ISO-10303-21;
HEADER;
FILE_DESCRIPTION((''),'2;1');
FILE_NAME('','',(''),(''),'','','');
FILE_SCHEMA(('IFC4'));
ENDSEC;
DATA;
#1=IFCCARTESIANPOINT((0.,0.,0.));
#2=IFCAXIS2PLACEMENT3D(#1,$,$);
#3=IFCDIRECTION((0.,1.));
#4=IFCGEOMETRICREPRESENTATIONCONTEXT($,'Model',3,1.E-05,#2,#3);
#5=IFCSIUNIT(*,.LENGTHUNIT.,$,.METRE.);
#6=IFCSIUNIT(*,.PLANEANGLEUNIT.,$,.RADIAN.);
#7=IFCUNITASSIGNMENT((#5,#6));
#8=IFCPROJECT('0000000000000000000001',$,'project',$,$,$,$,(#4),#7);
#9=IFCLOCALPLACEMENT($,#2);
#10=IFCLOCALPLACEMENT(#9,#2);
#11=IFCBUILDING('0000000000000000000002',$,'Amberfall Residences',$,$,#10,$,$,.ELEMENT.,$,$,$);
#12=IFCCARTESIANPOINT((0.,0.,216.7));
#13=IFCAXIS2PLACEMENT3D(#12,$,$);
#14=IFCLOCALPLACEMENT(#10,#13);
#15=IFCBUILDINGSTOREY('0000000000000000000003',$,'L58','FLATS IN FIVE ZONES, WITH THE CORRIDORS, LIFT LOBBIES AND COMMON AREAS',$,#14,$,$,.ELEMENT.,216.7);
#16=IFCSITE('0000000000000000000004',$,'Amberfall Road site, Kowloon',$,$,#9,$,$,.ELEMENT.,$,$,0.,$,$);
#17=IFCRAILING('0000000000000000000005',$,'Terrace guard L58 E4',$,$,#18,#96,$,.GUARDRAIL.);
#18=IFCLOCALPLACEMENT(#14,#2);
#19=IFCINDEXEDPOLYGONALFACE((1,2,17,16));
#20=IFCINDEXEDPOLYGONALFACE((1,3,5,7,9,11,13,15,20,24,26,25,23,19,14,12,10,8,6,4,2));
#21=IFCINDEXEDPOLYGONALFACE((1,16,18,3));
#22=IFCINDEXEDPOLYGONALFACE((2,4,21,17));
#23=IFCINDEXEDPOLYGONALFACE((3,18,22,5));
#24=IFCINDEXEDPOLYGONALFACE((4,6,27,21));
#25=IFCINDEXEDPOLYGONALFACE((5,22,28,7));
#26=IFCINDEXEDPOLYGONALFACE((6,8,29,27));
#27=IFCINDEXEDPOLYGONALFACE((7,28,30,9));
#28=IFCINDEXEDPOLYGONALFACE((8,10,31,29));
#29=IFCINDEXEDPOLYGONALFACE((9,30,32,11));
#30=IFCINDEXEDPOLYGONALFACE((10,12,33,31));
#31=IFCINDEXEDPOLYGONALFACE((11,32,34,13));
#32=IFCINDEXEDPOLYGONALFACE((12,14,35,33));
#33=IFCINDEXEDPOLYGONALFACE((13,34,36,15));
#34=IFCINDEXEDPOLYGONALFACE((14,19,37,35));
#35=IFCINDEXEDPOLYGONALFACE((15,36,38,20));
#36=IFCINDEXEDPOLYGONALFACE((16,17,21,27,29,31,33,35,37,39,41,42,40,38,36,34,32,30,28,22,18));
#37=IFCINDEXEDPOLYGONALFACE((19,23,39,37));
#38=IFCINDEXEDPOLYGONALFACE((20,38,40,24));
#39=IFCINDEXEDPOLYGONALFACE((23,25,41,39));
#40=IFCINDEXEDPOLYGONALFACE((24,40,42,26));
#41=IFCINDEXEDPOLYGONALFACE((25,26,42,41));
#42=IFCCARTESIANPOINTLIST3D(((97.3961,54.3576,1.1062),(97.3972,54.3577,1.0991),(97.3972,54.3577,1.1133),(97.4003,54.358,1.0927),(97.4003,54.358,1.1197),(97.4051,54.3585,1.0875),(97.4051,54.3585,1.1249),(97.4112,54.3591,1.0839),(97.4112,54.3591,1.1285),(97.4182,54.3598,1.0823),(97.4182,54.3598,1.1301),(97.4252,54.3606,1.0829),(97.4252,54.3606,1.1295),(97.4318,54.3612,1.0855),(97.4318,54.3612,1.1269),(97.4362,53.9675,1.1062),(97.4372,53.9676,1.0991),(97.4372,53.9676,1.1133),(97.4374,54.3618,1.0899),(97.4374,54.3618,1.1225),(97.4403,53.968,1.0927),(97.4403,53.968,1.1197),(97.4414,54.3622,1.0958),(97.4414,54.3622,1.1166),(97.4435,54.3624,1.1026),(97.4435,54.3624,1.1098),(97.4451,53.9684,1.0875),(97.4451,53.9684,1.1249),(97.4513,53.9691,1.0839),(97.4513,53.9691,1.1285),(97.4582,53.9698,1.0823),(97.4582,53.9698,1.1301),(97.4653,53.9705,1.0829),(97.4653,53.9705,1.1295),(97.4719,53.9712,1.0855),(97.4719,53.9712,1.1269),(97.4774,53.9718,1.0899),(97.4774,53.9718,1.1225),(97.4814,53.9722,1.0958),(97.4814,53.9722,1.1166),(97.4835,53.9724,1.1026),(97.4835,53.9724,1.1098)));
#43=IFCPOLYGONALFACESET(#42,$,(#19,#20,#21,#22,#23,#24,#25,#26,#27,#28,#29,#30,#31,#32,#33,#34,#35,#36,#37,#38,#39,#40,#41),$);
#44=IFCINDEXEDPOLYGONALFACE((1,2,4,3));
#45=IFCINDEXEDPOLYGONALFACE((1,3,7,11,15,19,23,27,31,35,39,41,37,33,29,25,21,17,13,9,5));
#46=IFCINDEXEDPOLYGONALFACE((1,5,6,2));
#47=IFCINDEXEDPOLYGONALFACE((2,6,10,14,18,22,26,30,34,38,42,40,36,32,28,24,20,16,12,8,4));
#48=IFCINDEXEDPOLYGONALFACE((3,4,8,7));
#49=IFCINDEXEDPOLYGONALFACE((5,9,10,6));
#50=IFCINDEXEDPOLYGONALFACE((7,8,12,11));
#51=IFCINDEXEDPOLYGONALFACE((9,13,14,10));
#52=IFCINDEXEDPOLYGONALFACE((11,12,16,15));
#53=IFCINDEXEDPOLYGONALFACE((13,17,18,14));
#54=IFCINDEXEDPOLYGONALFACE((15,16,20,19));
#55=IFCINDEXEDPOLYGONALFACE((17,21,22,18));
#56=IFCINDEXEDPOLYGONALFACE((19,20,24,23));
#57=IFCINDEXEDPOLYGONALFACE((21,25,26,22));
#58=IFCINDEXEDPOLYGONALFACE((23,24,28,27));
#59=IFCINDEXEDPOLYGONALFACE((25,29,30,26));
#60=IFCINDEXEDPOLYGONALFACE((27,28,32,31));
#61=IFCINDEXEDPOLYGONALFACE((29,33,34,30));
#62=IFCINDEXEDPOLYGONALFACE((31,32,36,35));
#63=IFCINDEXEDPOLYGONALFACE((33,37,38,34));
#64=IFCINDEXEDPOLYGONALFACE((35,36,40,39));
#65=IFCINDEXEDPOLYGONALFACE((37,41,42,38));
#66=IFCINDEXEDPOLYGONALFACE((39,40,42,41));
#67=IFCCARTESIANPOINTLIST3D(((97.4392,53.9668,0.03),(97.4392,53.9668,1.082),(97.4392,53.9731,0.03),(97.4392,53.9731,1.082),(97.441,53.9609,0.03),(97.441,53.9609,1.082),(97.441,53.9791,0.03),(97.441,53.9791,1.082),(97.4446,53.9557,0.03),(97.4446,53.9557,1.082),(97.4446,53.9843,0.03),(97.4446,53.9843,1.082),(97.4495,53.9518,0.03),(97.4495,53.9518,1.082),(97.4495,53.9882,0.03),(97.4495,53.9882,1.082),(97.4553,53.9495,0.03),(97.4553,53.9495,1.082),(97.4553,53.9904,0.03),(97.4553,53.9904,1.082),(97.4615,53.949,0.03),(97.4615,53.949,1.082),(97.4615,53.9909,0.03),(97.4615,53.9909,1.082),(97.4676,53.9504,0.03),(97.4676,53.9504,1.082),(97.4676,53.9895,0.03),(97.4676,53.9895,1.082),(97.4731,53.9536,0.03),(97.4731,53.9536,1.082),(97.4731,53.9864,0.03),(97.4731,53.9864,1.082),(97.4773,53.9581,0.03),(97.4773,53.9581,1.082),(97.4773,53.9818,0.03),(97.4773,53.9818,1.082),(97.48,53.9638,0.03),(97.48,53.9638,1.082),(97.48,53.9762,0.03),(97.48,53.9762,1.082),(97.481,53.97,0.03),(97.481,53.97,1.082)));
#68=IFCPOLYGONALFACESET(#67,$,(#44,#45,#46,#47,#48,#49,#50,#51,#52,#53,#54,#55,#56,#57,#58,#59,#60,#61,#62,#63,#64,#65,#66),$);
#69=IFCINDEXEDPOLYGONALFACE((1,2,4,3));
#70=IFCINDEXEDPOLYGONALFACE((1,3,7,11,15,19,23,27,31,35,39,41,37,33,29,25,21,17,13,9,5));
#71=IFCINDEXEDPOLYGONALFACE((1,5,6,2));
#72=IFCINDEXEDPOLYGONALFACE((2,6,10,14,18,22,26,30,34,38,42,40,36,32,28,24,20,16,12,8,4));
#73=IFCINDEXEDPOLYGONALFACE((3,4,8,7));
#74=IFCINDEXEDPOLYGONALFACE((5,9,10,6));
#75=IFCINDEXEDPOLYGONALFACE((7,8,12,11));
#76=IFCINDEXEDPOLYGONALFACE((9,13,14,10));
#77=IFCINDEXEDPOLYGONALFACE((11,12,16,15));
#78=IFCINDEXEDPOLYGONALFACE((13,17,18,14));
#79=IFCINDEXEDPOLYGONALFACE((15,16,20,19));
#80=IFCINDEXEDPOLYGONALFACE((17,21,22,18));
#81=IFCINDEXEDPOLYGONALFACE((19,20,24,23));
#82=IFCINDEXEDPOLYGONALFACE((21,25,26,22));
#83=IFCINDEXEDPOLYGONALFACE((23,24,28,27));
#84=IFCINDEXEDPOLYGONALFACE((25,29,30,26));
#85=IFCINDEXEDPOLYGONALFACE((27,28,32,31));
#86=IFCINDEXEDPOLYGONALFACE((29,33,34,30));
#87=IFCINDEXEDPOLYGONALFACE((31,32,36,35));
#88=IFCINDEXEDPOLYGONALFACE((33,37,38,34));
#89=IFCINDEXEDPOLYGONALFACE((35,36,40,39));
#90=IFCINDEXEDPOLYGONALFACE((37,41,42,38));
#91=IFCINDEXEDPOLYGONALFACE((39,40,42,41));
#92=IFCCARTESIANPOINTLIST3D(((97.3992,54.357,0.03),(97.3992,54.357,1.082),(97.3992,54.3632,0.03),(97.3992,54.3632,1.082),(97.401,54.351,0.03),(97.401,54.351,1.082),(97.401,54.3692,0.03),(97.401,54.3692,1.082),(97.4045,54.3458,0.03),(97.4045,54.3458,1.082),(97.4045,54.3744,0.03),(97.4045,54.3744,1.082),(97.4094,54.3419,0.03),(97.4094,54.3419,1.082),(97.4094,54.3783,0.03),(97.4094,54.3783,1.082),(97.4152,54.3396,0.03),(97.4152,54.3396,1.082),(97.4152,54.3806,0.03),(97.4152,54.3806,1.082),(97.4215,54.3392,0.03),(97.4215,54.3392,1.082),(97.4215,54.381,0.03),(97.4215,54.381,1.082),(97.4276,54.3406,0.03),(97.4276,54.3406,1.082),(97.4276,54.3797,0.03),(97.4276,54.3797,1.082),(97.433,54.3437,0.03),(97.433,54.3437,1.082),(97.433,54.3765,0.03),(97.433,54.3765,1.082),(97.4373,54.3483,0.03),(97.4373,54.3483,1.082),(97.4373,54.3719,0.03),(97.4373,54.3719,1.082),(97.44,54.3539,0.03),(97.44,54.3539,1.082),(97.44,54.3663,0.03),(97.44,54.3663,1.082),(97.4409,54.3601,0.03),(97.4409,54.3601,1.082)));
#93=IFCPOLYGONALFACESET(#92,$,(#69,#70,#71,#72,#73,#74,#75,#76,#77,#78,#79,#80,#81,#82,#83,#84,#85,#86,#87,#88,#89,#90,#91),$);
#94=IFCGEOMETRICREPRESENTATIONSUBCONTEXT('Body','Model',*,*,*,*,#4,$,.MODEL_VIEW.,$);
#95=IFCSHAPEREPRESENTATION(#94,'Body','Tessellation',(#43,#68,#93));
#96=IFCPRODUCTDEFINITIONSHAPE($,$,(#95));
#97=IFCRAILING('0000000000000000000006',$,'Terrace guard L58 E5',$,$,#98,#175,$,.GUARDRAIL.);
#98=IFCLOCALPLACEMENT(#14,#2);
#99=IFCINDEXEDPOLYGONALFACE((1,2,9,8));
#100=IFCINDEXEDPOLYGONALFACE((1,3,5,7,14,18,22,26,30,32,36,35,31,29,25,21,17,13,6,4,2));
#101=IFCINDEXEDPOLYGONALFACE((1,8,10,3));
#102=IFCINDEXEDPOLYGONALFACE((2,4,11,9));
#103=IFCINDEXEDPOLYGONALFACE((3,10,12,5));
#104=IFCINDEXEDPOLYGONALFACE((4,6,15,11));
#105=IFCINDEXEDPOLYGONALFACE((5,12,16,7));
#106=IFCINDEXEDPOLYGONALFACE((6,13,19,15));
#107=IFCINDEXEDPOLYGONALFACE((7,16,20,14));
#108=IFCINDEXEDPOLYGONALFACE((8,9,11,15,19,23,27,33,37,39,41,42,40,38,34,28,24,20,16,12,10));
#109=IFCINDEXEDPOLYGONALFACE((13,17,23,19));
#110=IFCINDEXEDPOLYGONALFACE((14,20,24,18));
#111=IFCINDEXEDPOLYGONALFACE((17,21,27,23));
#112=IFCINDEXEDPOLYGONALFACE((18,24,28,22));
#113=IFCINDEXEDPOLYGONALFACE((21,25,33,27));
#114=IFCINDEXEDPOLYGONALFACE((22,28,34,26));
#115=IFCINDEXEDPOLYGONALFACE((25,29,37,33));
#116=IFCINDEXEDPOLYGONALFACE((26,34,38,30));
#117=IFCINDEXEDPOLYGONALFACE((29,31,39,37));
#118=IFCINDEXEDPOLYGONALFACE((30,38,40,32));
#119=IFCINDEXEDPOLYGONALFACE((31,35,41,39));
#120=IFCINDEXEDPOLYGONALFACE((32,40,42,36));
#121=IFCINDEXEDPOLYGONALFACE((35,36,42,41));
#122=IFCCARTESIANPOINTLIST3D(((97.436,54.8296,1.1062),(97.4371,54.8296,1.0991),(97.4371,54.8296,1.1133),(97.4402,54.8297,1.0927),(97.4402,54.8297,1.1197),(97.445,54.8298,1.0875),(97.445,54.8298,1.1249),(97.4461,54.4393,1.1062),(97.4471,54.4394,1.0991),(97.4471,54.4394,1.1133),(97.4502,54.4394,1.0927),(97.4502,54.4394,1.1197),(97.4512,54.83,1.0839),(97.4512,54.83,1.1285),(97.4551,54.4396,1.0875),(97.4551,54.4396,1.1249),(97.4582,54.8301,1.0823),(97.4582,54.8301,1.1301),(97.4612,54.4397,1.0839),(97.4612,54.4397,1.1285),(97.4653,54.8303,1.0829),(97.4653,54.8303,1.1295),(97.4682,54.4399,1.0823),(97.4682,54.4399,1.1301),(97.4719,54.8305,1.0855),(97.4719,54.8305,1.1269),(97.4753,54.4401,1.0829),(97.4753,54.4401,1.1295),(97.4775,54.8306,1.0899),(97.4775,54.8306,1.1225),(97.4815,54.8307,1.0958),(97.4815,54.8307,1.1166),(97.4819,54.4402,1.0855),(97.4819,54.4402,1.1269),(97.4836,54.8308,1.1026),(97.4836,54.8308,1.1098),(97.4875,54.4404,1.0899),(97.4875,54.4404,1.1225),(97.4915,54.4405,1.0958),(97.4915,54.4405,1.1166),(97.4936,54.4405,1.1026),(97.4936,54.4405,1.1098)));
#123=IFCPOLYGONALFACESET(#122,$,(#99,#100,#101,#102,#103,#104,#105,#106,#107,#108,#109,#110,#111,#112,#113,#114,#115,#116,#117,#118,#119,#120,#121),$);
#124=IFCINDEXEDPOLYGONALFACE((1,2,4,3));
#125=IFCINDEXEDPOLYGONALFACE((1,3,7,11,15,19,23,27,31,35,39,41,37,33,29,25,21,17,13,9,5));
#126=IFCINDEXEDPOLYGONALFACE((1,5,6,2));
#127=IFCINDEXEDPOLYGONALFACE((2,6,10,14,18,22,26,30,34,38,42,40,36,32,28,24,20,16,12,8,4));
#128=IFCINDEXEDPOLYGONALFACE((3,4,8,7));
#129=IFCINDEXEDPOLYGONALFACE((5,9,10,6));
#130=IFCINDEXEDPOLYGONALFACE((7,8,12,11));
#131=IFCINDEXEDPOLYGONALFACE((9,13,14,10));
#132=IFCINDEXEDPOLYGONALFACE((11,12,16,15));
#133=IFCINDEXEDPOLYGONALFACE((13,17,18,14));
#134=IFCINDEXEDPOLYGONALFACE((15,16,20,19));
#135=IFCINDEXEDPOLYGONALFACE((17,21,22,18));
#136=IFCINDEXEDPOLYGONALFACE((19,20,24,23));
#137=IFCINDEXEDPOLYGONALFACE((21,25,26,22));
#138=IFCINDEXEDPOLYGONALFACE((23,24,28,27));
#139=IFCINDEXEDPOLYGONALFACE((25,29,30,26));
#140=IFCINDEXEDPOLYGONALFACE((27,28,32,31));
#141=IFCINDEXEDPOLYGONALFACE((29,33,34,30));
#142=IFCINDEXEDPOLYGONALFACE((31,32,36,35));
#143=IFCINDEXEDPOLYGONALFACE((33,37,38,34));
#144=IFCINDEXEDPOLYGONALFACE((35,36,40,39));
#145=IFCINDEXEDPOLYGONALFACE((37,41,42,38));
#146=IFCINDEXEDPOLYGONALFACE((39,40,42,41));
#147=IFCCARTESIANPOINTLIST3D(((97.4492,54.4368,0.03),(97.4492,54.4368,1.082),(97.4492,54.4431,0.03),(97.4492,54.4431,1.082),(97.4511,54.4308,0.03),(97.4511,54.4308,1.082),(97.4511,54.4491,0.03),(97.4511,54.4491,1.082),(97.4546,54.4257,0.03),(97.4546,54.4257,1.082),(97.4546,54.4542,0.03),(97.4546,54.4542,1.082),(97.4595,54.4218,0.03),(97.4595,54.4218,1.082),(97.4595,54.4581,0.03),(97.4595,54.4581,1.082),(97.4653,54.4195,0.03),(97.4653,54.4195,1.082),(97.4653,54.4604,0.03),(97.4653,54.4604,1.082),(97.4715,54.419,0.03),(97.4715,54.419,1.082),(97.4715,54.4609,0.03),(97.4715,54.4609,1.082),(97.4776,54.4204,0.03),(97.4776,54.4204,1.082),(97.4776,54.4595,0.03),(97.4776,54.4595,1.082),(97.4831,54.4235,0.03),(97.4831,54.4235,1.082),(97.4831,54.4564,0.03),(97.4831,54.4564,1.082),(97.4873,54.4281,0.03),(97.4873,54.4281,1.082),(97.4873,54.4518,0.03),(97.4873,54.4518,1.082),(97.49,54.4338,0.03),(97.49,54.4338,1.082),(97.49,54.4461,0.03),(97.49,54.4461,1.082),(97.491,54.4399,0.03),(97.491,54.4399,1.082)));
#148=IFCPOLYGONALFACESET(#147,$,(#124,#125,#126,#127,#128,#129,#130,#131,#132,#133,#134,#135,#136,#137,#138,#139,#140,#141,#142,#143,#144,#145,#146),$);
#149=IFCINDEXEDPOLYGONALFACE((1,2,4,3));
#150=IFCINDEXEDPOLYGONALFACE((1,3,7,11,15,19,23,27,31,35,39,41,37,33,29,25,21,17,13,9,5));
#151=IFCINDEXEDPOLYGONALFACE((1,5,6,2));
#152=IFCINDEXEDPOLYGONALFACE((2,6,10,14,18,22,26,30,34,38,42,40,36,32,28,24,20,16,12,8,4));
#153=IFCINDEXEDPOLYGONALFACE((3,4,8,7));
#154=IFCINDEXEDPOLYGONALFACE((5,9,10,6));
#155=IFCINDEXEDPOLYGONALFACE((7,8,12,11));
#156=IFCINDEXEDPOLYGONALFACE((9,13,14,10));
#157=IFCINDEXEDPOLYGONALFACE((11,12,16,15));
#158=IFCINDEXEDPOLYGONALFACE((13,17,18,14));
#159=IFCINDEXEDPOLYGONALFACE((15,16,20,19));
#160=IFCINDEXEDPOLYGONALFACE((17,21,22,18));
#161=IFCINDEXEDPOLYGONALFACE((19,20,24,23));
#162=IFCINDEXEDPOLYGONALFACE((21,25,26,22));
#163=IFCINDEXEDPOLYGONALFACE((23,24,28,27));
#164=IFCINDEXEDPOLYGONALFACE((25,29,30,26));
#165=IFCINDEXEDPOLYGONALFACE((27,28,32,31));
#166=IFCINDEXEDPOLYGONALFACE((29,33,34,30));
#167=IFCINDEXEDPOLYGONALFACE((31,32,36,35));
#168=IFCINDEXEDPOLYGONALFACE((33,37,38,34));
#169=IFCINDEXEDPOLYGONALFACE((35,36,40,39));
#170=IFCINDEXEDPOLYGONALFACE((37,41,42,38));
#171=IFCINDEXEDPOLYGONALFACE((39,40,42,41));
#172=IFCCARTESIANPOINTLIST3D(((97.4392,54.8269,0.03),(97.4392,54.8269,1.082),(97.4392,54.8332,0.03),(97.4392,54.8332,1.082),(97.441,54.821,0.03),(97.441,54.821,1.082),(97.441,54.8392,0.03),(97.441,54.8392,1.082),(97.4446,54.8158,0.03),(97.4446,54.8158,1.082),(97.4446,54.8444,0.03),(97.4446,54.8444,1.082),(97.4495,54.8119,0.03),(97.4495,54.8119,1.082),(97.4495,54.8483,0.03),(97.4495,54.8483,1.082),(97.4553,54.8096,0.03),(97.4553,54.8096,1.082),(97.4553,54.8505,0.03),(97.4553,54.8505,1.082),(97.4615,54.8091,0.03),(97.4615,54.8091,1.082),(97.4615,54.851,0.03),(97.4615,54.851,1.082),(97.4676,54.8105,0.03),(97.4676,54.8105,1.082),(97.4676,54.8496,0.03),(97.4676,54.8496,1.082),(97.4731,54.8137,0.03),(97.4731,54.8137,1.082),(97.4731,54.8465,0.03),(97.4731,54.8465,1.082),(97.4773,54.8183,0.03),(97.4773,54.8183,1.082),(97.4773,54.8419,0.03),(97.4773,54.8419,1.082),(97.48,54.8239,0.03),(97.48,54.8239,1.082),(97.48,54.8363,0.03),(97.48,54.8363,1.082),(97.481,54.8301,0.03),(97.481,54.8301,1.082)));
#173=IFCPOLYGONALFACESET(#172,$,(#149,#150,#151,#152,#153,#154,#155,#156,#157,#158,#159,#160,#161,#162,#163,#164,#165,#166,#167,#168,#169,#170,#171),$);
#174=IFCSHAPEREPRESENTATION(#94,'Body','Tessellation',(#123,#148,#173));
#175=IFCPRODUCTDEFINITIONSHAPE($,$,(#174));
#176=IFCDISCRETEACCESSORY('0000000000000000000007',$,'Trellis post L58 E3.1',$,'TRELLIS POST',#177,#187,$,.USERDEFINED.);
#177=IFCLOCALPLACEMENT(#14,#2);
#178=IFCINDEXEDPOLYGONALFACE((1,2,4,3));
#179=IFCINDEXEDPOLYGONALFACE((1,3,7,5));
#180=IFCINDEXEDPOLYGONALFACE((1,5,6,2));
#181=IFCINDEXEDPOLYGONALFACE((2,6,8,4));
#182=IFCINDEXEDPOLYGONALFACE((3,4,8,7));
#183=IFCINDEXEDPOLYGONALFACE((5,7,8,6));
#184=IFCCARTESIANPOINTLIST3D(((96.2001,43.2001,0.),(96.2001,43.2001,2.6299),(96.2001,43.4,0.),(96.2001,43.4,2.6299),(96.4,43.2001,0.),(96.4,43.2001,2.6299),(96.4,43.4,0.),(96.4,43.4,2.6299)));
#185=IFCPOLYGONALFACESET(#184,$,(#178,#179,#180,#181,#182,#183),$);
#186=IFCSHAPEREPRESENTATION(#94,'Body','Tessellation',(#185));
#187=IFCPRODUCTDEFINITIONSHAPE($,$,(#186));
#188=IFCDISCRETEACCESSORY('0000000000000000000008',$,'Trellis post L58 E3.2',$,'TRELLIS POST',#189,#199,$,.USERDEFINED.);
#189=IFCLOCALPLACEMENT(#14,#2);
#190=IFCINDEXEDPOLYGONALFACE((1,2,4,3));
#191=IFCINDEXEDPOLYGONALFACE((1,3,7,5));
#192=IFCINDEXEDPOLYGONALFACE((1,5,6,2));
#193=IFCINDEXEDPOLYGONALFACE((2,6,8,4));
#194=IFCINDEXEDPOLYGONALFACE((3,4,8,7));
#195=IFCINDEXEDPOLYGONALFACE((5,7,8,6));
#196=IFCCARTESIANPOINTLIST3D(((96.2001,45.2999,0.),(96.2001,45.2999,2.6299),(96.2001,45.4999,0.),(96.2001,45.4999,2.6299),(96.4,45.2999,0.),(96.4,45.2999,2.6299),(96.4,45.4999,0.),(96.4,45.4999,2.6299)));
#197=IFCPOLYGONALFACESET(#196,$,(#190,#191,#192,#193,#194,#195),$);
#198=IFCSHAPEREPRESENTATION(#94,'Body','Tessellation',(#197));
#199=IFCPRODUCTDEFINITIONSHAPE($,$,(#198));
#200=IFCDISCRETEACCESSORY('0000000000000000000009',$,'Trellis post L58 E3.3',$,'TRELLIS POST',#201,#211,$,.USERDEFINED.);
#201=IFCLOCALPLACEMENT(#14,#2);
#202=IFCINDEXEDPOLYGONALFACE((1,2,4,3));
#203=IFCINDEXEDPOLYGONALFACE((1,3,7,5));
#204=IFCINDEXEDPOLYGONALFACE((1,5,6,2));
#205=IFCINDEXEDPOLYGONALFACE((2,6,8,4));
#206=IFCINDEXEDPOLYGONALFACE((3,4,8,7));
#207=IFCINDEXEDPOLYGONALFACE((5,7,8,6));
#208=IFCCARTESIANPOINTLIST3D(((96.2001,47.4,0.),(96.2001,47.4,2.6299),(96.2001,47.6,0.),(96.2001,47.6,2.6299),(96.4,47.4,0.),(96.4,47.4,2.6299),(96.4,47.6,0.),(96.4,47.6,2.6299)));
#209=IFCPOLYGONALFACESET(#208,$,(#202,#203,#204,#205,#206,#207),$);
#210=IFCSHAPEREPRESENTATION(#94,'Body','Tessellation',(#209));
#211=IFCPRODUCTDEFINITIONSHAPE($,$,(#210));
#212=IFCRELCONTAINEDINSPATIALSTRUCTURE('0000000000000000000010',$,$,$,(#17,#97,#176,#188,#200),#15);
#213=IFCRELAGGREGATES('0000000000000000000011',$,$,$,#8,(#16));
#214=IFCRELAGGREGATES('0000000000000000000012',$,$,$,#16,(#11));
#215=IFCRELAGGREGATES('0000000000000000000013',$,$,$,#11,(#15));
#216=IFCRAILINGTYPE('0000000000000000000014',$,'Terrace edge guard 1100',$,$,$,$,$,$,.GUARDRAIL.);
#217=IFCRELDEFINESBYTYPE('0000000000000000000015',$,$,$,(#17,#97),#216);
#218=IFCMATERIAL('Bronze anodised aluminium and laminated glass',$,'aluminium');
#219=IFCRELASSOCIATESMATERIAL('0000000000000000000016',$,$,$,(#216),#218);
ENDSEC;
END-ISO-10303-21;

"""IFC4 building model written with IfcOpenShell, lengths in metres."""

from ifc_helpers import new_model, si_unit, direction, frame, origin, origin_2d, place, context, subcontext, project, spatial, rectangle, circle, extrude, material, type_object, element, save


model = new_model("IFC4")

# Units and contexts
model_context = context("Model", 3, precision=1e-05, world=origin(), true_north=direction((0.0, 1.0)))
body_context = subcontext(model_context, "Body", "Model", "MODEL_VIEW")
ifc_project = project(units=[si_unit("LENGTHUNIT", "METRE"), si_unit("PLANEANGLEUNIT", "RADIAN")], contexts=[model_context])

# Site, building, storey
site_placement = place(None, origin())
site = spatial("IfcSite", under=ifc_project, at=site_placement, Name="Amberfall Road site, Kowloon", CompositionType="ELEMENT", RefElevation=0.0)
building_placement = place(site_placement, origin())
building = spatial("IfcBuilding", under=site, at=building_placement, Name="Amberfall Residences", CompositionType="ELEMENT")
storey_placement = place(building_placement, frame((0.0, 0.0, 216.7)))
storey = spatial("IfcBuildingStorey", under=building, at=storey_placement, Name="L58", Description="FLATS IN FIVE ZONES, WITH THE CORRIDORS, LIFT LOBBIES AND COMMON AREAS", CompositionType="ELEMENT", Elevation=216.7)

# Railings
ifc_material_1 = material(Name="Bronze anodised aluminium and laminated glass", Category="aluminium")
railing_type = type_object("IfcRailingType", Name="Terrace edge guard 1100", PredefinedType="GUARDRAIL", material=ifc_material_1)
railing_1_placement = place(storey_placement, frame((97.46, 53.97, 0.03)))
element("IfcRailing", 1, at=railing_1_placement, inside=storey, type_object=railing_type, Name="Terrace guard L58 E4", PredefinedType="GUARDRAIL", context=body_context, shape_type="SweptSolid", body=[
    extrude(circle(Radius=0.0239, at=origin_2d()), frame((0.0, 0.0, 1.0762), z_axis=(-0.102092, 0.994775, 0.0), x_axis=(-0.994775, -0.102092, 0.0)), (0.0, 0.0, 1.0), 0.3921),
    extrude(circle(Radius=0.021, at=origin_2d()), origin(), (0.0, 0.0, 1.0), 1.052),
    extrude(circle(Radius=0.021, at=origin_2d()), frame((-0.04, 0.3901, 0.0)), (0.0, 0.0, 1.0), 1.052),
])
railing_2_placement = place(storey_placement, frame((97.47, 54.4399, 0.03)))
element("IfcRailing", 2, at=railing_2_placement, inside=storey, type_object=railing_type, Name="Terrace guard L58 E5", PredefinedType="GUARDRAIL", context=body_context, shape_type="SweptSolid", body=[
    extrude(circle(Radius=0.0239, at=origin_2d()), frame((0.0, 0.0, 1.0762), z_axis=(-0.025649, 0.999671, 0.0), x_axis=(-0.999671, -0.025649, 0.0)), (0.0, 0.0, 1.0), 0.3904),
    extrude(circle(Radius=0.021, at=origin_2d()), origin(), (0.0, 0.0, 1.0), 1.052),
    extrude(circle(Radius=0.021, at=origin_2d()), frame((-0.01, 0.3901, 0.0)), (0.0, 0.0, 1.0), 1.052),
])

# Discrete accessories
for number, where, z_axis, x_axis, name in (
    (3, (96.3, 43.3, 0.0), (0.0, 0.0, 1.0), (1.0, 0.0, 0.0), "Trellis post L58 E3.1"),
    (4, (96.3, 45.3999, 0.0), (0.0, 0.0, 1.0), (1.0, 0.0, 0.0), "Trellis post L58 E3.2"),
    (5, (96.3, 47.5, 0.0), (0.0, 0.0, 1.0), (1.0, 0.0, 0.0), "Trellis post L58 E3.3"),
):
    element("IfcDiscreteAccessory", number, at=place(storey_placement, frame(where, z_axis=z_axis, x_axis=x_axis)), inside=storey, Name=name, ObjectType="TRELLIS POST", PredefinedType="USERDEFINED", context=body_context, shape_type="SweptSolid", body=[
        extrude(rectangle(XDim=0.2, YDim=0.2, at=origin_2d()), origin(), (0.0, 0.0, 1.0), 2.6299),
    ])

save(model, "model.ifc")
